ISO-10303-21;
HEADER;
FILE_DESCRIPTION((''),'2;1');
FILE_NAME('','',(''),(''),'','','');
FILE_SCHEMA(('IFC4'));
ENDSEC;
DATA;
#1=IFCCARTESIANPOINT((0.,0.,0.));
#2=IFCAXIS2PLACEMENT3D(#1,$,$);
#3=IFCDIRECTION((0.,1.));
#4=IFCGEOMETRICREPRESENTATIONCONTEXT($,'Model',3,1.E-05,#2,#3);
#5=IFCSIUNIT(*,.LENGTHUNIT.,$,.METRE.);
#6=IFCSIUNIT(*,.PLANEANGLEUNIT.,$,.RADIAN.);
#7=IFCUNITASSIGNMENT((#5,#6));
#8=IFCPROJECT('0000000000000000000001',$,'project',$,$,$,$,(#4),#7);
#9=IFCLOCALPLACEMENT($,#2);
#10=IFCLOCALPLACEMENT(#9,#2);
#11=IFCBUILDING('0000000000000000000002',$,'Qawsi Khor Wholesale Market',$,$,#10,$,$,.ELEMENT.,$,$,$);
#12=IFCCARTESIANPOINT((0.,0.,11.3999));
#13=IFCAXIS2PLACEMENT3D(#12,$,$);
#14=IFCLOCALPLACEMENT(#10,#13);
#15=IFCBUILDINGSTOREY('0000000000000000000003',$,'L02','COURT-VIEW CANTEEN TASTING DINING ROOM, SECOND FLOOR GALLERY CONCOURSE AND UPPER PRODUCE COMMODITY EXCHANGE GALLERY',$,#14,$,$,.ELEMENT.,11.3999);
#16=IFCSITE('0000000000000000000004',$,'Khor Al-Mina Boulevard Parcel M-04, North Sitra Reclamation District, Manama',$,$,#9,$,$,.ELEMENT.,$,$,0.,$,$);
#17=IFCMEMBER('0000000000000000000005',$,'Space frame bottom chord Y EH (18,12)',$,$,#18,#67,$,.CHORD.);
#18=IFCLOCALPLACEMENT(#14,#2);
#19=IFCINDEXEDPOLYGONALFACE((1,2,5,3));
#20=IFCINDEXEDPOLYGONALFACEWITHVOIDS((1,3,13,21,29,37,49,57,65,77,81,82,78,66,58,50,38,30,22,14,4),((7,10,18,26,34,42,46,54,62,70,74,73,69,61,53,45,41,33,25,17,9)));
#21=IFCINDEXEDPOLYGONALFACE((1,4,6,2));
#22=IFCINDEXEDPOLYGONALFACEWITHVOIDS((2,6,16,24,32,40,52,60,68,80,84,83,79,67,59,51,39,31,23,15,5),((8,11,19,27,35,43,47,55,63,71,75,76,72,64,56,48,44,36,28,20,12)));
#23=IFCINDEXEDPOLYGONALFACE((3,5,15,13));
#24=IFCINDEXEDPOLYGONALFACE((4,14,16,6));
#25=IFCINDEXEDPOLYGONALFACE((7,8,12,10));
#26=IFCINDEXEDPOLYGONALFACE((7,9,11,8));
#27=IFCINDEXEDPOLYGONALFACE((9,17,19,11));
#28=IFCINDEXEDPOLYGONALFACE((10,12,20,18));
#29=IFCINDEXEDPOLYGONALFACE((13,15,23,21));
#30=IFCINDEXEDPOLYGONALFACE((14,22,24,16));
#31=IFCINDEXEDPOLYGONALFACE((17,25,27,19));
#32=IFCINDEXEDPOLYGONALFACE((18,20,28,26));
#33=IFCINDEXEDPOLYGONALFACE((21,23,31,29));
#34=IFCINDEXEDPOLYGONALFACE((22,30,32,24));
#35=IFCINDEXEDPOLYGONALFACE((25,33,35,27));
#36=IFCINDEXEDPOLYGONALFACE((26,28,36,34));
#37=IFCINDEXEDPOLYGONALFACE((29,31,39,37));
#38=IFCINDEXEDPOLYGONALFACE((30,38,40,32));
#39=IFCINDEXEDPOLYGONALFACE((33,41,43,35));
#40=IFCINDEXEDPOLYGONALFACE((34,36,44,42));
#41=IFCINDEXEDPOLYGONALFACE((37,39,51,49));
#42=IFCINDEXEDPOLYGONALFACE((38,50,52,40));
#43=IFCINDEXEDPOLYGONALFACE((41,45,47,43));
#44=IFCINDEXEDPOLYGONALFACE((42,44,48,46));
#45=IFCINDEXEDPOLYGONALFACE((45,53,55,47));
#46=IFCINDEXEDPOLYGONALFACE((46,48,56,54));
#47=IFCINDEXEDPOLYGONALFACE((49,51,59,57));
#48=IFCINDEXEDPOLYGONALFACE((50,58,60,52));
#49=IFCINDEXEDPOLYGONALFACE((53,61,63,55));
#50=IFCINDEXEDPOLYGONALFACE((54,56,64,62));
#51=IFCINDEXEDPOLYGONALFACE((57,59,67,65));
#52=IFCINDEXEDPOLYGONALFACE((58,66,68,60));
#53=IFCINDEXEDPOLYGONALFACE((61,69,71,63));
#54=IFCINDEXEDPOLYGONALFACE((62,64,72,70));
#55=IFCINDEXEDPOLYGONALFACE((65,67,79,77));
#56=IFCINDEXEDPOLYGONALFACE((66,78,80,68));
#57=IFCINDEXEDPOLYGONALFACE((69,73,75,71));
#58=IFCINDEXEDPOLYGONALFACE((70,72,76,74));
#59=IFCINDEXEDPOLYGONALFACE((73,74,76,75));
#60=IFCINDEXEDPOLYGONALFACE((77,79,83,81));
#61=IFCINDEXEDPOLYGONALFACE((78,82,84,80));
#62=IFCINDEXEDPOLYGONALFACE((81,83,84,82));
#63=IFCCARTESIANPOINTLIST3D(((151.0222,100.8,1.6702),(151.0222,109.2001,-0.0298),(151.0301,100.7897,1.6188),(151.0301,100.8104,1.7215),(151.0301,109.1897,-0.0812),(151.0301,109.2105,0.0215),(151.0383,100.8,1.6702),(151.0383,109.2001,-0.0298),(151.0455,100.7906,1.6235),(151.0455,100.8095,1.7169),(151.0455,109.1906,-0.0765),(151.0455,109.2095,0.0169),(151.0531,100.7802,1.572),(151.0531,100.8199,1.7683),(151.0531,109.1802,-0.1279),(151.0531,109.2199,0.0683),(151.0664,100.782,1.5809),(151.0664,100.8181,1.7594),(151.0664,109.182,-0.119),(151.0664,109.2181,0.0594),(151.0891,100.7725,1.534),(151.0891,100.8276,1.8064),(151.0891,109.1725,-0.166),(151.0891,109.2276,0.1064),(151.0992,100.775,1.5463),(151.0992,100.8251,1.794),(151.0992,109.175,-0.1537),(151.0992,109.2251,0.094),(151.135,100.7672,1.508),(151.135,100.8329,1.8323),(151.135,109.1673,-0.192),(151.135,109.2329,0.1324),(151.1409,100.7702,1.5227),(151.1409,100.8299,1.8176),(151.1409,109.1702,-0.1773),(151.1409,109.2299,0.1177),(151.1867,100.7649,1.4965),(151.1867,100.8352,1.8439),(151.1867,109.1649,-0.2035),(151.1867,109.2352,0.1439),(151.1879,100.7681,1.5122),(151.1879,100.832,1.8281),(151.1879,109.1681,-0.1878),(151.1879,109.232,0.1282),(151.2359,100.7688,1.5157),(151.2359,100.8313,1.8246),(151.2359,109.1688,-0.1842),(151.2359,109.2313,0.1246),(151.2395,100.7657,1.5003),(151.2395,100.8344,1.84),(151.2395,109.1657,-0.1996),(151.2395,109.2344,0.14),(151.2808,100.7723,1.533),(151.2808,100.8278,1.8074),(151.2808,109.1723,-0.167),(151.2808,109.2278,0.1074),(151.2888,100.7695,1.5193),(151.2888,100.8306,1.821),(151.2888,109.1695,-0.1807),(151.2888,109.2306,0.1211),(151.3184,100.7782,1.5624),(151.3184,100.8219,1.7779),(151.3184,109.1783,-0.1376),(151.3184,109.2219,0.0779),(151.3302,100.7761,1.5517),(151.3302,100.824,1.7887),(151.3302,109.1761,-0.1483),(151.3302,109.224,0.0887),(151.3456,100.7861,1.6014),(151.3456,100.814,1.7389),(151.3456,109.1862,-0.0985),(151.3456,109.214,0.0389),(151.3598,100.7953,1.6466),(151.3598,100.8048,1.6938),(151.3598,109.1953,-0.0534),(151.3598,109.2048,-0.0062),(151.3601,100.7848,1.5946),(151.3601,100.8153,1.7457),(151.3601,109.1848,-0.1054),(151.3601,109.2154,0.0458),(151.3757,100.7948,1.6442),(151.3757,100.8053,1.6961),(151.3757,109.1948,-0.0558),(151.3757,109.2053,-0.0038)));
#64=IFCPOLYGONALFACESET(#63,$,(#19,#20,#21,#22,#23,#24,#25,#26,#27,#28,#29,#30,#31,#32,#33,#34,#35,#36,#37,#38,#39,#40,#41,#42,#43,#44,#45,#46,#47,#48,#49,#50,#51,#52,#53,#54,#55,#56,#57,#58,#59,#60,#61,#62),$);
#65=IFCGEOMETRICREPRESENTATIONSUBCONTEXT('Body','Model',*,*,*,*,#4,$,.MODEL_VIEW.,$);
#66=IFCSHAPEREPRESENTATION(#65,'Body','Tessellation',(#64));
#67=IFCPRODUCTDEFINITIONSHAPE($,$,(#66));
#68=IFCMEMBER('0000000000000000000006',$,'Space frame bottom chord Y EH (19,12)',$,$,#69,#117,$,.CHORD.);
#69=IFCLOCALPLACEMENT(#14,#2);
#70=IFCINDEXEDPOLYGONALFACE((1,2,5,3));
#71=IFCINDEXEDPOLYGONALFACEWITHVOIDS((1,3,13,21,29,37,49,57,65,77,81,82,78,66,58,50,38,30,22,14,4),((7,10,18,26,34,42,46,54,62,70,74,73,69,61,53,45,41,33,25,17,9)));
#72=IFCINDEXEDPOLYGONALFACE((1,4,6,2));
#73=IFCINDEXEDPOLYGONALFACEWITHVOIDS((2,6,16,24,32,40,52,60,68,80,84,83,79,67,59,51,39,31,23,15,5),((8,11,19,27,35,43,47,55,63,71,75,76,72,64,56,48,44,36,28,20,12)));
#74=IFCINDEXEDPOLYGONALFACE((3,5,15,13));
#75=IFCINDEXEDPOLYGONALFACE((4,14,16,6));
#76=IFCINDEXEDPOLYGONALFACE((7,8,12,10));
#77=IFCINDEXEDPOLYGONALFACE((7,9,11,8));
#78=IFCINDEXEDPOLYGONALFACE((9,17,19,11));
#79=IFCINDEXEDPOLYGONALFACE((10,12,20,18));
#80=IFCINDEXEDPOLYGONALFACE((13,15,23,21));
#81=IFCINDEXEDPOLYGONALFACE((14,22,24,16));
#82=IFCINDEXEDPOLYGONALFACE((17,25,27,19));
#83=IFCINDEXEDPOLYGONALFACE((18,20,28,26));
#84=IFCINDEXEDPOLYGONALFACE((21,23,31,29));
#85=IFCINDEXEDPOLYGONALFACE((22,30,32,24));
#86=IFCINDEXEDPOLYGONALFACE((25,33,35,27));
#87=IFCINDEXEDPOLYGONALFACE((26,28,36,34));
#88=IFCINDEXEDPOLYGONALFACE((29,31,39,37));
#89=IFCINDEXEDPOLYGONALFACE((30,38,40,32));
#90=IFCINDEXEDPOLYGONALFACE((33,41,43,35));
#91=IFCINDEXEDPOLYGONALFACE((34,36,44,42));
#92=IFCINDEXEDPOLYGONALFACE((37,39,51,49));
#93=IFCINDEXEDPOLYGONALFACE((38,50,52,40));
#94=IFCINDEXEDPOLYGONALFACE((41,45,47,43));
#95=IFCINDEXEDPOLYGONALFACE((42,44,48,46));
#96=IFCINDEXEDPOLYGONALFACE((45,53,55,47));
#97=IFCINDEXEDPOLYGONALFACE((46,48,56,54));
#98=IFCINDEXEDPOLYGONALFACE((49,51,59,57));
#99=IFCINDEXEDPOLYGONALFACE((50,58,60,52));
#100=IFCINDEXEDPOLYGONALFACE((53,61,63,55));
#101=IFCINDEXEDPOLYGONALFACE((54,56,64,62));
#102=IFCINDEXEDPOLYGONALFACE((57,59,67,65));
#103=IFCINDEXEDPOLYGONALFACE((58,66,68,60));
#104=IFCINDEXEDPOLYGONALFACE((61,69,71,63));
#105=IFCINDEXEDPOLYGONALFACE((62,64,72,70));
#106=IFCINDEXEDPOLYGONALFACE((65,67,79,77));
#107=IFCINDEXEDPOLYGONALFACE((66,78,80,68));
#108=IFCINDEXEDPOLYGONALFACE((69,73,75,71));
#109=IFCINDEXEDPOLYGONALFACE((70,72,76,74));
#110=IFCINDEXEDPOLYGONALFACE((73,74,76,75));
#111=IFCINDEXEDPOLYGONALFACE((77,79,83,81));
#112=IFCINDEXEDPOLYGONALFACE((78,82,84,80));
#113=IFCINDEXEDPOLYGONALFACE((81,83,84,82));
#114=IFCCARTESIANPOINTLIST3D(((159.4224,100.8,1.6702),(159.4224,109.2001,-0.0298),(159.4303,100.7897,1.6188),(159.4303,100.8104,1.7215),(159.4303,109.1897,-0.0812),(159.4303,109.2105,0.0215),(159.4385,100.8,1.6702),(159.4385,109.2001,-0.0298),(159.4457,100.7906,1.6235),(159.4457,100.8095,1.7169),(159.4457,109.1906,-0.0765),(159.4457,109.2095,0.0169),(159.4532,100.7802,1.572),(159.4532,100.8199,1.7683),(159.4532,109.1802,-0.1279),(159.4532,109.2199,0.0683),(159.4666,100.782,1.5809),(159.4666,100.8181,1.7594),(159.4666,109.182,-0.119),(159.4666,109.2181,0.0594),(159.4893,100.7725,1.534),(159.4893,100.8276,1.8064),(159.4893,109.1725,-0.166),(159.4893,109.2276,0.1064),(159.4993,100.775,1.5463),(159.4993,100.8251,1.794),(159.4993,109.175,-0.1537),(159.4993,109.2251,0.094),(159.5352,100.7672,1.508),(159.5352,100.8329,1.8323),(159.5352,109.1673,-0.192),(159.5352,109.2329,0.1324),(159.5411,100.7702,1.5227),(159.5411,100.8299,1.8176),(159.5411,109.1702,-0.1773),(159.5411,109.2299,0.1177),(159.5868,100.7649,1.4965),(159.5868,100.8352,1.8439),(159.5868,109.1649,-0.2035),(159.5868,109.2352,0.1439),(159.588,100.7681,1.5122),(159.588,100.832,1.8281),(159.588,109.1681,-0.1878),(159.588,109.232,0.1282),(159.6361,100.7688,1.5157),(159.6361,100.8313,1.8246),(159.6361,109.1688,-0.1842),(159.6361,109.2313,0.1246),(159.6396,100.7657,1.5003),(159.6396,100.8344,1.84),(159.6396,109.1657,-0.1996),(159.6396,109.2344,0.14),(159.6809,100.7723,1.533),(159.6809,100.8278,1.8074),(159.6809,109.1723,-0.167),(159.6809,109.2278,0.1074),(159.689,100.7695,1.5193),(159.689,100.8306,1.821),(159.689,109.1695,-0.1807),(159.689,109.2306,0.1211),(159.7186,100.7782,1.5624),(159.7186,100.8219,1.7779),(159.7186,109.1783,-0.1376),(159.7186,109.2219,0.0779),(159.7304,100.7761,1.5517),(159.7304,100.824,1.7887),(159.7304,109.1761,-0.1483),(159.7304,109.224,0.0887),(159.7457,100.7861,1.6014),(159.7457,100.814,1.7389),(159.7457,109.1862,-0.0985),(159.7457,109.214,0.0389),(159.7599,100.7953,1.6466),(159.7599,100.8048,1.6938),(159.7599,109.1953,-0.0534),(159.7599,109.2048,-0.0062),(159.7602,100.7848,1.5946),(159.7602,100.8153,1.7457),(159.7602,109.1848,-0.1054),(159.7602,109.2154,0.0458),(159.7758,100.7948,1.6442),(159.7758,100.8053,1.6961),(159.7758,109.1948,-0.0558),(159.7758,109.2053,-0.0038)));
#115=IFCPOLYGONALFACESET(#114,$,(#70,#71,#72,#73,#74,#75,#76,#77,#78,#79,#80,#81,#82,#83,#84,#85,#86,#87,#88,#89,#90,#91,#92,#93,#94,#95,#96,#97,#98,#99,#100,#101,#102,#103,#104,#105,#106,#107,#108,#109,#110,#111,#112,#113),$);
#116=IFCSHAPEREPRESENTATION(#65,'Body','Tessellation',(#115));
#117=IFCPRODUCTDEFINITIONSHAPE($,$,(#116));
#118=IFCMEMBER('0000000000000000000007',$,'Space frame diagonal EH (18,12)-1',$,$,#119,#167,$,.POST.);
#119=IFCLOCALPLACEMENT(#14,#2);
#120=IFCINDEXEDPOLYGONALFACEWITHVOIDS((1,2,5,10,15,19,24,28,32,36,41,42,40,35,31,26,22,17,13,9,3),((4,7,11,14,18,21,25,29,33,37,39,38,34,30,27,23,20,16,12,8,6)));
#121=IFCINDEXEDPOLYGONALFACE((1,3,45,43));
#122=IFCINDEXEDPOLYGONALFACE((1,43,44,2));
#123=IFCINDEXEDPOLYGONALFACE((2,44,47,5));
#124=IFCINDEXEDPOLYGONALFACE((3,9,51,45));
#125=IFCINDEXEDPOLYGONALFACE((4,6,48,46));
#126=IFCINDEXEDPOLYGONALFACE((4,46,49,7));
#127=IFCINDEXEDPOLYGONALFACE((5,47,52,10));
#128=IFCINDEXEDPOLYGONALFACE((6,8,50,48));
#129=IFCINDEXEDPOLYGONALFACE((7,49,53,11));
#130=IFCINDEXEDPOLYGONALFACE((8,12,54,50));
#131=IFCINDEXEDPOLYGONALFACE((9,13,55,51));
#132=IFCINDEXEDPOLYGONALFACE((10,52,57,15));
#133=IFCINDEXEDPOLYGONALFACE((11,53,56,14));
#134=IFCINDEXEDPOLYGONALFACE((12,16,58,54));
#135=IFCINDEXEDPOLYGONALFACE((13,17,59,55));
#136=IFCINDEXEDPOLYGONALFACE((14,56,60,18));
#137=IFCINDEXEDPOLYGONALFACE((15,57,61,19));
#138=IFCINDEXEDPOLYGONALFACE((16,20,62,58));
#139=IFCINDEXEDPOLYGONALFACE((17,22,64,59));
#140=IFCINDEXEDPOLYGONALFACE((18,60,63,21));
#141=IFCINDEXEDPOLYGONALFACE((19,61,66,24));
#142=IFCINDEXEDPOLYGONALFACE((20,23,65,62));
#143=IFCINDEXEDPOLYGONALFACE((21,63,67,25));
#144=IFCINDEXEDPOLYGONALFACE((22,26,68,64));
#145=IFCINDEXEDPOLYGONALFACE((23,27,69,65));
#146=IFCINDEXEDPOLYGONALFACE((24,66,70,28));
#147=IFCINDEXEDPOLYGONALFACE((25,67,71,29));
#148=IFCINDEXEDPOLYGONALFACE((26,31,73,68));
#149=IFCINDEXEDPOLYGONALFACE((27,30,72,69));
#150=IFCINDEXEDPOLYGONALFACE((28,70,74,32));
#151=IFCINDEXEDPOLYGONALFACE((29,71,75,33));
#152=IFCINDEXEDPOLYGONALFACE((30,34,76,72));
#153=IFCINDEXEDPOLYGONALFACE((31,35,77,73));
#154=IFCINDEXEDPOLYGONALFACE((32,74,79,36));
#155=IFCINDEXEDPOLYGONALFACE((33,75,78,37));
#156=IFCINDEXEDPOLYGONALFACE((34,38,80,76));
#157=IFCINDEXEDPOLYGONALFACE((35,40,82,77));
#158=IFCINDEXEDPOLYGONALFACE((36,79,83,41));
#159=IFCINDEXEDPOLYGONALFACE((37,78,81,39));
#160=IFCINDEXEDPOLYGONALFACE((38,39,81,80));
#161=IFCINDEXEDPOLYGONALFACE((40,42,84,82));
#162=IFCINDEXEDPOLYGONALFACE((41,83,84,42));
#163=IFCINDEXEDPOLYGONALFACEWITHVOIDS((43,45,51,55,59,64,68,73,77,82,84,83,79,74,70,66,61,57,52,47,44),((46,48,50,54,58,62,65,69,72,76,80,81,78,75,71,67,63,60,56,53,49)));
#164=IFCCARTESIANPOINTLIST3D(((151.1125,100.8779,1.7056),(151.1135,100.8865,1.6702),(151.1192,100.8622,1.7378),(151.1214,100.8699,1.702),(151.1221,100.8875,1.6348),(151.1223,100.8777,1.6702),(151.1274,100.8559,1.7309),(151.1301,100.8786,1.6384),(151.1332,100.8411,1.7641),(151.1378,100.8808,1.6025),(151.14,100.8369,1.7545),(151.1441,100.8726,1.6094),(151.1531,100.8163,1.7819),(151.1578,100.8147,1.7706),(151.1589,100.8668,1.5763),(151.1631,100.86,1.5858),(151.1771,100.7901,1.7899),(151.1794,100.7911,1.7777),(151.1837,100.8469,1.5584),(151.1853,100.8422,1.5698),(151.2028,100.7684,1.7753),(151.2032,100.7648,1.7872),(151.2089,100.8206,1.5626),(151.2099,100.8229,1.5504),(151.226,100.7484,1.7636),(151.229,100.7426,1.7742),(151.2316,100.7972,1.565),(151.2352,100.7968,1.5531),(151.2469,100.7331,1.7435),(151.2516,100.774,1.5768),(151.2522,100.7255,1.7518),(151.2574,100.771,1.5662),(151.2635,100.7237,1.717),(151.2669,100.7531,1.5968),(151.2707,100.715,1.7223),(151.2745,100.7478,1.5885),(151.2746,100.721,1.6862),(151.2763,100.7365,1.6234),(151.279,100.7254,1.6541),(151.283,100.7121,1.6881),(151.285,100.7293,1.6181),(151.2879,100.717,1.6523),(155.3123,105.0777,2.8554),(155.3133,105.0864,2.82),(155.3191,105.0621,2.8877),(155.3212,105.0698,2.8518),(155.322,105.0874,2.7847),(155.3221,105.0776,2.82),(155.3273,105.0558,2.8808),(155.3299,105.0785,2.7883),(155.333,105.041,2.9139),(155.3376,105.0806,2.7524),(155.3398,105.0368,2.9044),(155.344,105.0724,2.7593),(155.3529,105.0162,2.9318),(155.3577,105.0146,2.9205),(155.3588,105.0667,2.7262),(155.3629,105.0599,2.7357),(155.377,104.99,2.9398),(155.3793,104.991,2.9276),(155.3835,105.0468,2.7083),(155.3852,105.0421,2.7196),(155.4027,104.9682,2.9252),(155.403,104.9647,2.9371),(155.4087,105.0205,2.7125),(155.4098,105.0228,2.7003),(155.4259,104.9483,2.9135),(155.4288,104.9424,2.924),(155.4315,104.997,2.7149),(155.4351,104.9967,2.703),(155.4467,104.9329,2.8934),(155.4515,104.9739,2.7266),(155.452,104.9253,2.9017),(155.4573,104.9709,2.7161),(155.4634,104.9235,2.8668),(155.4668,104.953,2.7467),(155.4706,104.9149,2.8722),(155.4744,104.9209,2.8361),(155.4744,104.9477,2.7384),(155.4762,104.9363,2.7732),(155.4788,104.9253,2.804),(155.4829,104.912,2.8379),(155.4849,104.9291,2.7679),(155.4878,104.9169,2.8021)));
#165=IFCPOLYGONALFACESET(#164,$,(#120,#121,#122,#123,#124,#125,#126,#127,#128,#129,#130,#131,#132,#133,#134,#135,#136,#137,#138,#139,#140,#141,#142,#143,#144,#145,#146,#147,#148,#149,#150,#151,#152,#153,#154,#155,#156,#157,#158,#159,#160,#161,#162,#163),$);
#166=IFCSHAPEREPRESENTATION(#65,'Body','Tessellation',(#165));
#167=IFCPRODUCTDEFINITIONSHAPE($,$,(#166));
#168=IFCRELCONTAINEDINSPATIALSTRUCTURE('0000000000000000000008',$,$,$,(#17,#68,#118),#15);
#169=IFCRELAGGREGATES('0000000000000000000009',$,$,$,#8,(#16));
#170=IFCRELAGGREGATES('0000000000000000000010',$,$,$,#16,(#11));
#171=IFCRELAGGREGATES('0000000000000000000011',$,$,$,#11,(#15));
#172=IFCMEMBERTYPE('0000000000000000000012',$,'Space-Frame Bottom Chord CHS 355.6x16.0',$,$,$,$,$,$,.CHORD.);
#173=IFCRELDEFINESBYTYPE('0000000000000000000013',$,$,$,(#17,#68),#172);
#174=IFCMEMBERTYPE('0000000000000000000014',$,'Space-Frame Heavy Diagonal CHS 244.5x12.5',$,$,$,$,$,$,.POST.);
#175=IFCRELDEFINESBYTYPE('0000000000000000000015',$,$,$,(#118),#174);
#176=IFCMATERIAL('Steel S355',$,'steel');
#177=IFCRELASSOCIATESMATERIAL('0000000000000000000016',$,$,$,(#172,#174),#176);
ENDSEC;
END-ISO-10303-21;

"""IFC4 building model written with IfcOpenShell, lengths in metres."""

from ifc_helpers import new_model, si_unit, direction, frame, origin, origin_2d, place, context, subcontext, project, spatial, hollow_circle, extrude, material, material_profile, profile_set, type_object, element, save


model = new_model("IFC4")

# Units and contexts
model_context = context("Model", 3, precision=1e-05, world=origin(), true_north=direction((0.0, 1.0)))
body_context = subcontext(model_context, "Body", "Model", "MODEL_VIEW")
ifc_project = project(units=[si_unit("LENGTHUNIT", "METRE"), si_unit("PLANEANGLEUNIT", "RADIAN")], contexts=[model_context])

# Site, building, storey
site_placement = place(None, origin())
site = spatial("IfcSite", under=ifc_project, at=site_placement, Name="Khor Al-Mina Boulevard Parcel M-04, North Sitra Reclamation District, Manama", CompositionType="ELEMENT", RefElevation=0.0)
building_placement = place(site_placement, origin())
building = spatial("IfcBuilding", under=site, at=building_placement, Name="Qawsi Khor Wholesale Market", CompositionType="ELEMENT")
storey_placement = place(building_placement, frame((0.0, 0.0, 11.3999)))
storey = spatial("IfcBuildingStorey", under=building, at=storey_placement, Name="L02", Description="COURT-VIEW CANTEEN TASTING DINING ROOM, SECOND FLOOR GALLERY CONCOURSE AND UPPER PRODUCE COMMODITY EXCHANGE GALLERY", CompositionType="ELEMENT", Elevation=11.3999)

# Members
ifc_material_1 = material(Name="Steel S355", Category="steel")
ifc_material_profile_1 = material_profile(ifc_material_1, hollow_circle(Radius=0.1777, WallThickness=0.0161, at=origin_2d()), Name="CHS 355.6x16.0")
ifc_profile_set_1 = profile_set([ifc_material_profile_1], Name="Steel S355")
member_type_1 = type_object("IfcMemberType", Name="Space-Frame Bottom Chord CHS 355.6x16.0", PredefinedType="CHORD", material=ifc_profile_set_1)
for number, where, z_axis, x_axis, name in (
    (1, (151.2, 100.8, 1.6702), (0.0, 0.98013, -0.198356), (-1.0, 0.0, 0.0), "Space frame bottom chord Y EH (18,12)"),
    (2, (159.6001, 100.8, 1.6702), (0.0, 0.98013, -0.198356), (-1.0, 0.0, 0.0), "Space frame bottom chord Y EH (19,12)"),
):
    element("IfcMember", number, at=place(storey_placement, frame(where, z_axis=z_axis, x_axis=x_axis)), inside=storey, type_object=member_type_1, Name=name, PredefinedType="CHORD", context=body_context, shape_type="SweptSolid", body=[
        extrude(hollow_circle(Radius=0.1777, WallThickness=0.0161, at=origin_2d()), origin(), (0.0, 0.0, 1.0), 8.5703),
    ])
ifc_material_profile_2 = material_profile(ifc_material_1, hollow_circle(Radius=0.1223, WallThickness=0.0125, at=origin_2d()), Name="CHS 244.5x12.5")
ifc_profile_set_2 = profile_set([ifc_material_profile_2], Name="Steel S355")
member_type_2 = type_object("IfcMemberType", Name="Space-Frame Heavy Diagonal CHS 244.5x12.5", PredefinedType="POST", material=ifc_profile_set_2)
member_1_placement = place(storey_placement, frame((151.2, 100.8, 1.6702), z_axis=(0.694217, 0.694217, 0.190069), x_axis=(-0.707107, 0.707107, 0.0)))
element("IfcMember", 3, at=member_1_placement, inside=storey, type_object=member_type_2, Name="Space frame diagonal EH (18,12)-1", PredefinedType="POST", context=body_context, shape_type="SweptSolid", body=[
    extrude(hollow_circle(Radius=0.1223, WallThickness=0.0125, at=origin_2d()), origin(), (0.0, 0.0, 1.0), 6.0498),
])

save(model, "model.ifc")
